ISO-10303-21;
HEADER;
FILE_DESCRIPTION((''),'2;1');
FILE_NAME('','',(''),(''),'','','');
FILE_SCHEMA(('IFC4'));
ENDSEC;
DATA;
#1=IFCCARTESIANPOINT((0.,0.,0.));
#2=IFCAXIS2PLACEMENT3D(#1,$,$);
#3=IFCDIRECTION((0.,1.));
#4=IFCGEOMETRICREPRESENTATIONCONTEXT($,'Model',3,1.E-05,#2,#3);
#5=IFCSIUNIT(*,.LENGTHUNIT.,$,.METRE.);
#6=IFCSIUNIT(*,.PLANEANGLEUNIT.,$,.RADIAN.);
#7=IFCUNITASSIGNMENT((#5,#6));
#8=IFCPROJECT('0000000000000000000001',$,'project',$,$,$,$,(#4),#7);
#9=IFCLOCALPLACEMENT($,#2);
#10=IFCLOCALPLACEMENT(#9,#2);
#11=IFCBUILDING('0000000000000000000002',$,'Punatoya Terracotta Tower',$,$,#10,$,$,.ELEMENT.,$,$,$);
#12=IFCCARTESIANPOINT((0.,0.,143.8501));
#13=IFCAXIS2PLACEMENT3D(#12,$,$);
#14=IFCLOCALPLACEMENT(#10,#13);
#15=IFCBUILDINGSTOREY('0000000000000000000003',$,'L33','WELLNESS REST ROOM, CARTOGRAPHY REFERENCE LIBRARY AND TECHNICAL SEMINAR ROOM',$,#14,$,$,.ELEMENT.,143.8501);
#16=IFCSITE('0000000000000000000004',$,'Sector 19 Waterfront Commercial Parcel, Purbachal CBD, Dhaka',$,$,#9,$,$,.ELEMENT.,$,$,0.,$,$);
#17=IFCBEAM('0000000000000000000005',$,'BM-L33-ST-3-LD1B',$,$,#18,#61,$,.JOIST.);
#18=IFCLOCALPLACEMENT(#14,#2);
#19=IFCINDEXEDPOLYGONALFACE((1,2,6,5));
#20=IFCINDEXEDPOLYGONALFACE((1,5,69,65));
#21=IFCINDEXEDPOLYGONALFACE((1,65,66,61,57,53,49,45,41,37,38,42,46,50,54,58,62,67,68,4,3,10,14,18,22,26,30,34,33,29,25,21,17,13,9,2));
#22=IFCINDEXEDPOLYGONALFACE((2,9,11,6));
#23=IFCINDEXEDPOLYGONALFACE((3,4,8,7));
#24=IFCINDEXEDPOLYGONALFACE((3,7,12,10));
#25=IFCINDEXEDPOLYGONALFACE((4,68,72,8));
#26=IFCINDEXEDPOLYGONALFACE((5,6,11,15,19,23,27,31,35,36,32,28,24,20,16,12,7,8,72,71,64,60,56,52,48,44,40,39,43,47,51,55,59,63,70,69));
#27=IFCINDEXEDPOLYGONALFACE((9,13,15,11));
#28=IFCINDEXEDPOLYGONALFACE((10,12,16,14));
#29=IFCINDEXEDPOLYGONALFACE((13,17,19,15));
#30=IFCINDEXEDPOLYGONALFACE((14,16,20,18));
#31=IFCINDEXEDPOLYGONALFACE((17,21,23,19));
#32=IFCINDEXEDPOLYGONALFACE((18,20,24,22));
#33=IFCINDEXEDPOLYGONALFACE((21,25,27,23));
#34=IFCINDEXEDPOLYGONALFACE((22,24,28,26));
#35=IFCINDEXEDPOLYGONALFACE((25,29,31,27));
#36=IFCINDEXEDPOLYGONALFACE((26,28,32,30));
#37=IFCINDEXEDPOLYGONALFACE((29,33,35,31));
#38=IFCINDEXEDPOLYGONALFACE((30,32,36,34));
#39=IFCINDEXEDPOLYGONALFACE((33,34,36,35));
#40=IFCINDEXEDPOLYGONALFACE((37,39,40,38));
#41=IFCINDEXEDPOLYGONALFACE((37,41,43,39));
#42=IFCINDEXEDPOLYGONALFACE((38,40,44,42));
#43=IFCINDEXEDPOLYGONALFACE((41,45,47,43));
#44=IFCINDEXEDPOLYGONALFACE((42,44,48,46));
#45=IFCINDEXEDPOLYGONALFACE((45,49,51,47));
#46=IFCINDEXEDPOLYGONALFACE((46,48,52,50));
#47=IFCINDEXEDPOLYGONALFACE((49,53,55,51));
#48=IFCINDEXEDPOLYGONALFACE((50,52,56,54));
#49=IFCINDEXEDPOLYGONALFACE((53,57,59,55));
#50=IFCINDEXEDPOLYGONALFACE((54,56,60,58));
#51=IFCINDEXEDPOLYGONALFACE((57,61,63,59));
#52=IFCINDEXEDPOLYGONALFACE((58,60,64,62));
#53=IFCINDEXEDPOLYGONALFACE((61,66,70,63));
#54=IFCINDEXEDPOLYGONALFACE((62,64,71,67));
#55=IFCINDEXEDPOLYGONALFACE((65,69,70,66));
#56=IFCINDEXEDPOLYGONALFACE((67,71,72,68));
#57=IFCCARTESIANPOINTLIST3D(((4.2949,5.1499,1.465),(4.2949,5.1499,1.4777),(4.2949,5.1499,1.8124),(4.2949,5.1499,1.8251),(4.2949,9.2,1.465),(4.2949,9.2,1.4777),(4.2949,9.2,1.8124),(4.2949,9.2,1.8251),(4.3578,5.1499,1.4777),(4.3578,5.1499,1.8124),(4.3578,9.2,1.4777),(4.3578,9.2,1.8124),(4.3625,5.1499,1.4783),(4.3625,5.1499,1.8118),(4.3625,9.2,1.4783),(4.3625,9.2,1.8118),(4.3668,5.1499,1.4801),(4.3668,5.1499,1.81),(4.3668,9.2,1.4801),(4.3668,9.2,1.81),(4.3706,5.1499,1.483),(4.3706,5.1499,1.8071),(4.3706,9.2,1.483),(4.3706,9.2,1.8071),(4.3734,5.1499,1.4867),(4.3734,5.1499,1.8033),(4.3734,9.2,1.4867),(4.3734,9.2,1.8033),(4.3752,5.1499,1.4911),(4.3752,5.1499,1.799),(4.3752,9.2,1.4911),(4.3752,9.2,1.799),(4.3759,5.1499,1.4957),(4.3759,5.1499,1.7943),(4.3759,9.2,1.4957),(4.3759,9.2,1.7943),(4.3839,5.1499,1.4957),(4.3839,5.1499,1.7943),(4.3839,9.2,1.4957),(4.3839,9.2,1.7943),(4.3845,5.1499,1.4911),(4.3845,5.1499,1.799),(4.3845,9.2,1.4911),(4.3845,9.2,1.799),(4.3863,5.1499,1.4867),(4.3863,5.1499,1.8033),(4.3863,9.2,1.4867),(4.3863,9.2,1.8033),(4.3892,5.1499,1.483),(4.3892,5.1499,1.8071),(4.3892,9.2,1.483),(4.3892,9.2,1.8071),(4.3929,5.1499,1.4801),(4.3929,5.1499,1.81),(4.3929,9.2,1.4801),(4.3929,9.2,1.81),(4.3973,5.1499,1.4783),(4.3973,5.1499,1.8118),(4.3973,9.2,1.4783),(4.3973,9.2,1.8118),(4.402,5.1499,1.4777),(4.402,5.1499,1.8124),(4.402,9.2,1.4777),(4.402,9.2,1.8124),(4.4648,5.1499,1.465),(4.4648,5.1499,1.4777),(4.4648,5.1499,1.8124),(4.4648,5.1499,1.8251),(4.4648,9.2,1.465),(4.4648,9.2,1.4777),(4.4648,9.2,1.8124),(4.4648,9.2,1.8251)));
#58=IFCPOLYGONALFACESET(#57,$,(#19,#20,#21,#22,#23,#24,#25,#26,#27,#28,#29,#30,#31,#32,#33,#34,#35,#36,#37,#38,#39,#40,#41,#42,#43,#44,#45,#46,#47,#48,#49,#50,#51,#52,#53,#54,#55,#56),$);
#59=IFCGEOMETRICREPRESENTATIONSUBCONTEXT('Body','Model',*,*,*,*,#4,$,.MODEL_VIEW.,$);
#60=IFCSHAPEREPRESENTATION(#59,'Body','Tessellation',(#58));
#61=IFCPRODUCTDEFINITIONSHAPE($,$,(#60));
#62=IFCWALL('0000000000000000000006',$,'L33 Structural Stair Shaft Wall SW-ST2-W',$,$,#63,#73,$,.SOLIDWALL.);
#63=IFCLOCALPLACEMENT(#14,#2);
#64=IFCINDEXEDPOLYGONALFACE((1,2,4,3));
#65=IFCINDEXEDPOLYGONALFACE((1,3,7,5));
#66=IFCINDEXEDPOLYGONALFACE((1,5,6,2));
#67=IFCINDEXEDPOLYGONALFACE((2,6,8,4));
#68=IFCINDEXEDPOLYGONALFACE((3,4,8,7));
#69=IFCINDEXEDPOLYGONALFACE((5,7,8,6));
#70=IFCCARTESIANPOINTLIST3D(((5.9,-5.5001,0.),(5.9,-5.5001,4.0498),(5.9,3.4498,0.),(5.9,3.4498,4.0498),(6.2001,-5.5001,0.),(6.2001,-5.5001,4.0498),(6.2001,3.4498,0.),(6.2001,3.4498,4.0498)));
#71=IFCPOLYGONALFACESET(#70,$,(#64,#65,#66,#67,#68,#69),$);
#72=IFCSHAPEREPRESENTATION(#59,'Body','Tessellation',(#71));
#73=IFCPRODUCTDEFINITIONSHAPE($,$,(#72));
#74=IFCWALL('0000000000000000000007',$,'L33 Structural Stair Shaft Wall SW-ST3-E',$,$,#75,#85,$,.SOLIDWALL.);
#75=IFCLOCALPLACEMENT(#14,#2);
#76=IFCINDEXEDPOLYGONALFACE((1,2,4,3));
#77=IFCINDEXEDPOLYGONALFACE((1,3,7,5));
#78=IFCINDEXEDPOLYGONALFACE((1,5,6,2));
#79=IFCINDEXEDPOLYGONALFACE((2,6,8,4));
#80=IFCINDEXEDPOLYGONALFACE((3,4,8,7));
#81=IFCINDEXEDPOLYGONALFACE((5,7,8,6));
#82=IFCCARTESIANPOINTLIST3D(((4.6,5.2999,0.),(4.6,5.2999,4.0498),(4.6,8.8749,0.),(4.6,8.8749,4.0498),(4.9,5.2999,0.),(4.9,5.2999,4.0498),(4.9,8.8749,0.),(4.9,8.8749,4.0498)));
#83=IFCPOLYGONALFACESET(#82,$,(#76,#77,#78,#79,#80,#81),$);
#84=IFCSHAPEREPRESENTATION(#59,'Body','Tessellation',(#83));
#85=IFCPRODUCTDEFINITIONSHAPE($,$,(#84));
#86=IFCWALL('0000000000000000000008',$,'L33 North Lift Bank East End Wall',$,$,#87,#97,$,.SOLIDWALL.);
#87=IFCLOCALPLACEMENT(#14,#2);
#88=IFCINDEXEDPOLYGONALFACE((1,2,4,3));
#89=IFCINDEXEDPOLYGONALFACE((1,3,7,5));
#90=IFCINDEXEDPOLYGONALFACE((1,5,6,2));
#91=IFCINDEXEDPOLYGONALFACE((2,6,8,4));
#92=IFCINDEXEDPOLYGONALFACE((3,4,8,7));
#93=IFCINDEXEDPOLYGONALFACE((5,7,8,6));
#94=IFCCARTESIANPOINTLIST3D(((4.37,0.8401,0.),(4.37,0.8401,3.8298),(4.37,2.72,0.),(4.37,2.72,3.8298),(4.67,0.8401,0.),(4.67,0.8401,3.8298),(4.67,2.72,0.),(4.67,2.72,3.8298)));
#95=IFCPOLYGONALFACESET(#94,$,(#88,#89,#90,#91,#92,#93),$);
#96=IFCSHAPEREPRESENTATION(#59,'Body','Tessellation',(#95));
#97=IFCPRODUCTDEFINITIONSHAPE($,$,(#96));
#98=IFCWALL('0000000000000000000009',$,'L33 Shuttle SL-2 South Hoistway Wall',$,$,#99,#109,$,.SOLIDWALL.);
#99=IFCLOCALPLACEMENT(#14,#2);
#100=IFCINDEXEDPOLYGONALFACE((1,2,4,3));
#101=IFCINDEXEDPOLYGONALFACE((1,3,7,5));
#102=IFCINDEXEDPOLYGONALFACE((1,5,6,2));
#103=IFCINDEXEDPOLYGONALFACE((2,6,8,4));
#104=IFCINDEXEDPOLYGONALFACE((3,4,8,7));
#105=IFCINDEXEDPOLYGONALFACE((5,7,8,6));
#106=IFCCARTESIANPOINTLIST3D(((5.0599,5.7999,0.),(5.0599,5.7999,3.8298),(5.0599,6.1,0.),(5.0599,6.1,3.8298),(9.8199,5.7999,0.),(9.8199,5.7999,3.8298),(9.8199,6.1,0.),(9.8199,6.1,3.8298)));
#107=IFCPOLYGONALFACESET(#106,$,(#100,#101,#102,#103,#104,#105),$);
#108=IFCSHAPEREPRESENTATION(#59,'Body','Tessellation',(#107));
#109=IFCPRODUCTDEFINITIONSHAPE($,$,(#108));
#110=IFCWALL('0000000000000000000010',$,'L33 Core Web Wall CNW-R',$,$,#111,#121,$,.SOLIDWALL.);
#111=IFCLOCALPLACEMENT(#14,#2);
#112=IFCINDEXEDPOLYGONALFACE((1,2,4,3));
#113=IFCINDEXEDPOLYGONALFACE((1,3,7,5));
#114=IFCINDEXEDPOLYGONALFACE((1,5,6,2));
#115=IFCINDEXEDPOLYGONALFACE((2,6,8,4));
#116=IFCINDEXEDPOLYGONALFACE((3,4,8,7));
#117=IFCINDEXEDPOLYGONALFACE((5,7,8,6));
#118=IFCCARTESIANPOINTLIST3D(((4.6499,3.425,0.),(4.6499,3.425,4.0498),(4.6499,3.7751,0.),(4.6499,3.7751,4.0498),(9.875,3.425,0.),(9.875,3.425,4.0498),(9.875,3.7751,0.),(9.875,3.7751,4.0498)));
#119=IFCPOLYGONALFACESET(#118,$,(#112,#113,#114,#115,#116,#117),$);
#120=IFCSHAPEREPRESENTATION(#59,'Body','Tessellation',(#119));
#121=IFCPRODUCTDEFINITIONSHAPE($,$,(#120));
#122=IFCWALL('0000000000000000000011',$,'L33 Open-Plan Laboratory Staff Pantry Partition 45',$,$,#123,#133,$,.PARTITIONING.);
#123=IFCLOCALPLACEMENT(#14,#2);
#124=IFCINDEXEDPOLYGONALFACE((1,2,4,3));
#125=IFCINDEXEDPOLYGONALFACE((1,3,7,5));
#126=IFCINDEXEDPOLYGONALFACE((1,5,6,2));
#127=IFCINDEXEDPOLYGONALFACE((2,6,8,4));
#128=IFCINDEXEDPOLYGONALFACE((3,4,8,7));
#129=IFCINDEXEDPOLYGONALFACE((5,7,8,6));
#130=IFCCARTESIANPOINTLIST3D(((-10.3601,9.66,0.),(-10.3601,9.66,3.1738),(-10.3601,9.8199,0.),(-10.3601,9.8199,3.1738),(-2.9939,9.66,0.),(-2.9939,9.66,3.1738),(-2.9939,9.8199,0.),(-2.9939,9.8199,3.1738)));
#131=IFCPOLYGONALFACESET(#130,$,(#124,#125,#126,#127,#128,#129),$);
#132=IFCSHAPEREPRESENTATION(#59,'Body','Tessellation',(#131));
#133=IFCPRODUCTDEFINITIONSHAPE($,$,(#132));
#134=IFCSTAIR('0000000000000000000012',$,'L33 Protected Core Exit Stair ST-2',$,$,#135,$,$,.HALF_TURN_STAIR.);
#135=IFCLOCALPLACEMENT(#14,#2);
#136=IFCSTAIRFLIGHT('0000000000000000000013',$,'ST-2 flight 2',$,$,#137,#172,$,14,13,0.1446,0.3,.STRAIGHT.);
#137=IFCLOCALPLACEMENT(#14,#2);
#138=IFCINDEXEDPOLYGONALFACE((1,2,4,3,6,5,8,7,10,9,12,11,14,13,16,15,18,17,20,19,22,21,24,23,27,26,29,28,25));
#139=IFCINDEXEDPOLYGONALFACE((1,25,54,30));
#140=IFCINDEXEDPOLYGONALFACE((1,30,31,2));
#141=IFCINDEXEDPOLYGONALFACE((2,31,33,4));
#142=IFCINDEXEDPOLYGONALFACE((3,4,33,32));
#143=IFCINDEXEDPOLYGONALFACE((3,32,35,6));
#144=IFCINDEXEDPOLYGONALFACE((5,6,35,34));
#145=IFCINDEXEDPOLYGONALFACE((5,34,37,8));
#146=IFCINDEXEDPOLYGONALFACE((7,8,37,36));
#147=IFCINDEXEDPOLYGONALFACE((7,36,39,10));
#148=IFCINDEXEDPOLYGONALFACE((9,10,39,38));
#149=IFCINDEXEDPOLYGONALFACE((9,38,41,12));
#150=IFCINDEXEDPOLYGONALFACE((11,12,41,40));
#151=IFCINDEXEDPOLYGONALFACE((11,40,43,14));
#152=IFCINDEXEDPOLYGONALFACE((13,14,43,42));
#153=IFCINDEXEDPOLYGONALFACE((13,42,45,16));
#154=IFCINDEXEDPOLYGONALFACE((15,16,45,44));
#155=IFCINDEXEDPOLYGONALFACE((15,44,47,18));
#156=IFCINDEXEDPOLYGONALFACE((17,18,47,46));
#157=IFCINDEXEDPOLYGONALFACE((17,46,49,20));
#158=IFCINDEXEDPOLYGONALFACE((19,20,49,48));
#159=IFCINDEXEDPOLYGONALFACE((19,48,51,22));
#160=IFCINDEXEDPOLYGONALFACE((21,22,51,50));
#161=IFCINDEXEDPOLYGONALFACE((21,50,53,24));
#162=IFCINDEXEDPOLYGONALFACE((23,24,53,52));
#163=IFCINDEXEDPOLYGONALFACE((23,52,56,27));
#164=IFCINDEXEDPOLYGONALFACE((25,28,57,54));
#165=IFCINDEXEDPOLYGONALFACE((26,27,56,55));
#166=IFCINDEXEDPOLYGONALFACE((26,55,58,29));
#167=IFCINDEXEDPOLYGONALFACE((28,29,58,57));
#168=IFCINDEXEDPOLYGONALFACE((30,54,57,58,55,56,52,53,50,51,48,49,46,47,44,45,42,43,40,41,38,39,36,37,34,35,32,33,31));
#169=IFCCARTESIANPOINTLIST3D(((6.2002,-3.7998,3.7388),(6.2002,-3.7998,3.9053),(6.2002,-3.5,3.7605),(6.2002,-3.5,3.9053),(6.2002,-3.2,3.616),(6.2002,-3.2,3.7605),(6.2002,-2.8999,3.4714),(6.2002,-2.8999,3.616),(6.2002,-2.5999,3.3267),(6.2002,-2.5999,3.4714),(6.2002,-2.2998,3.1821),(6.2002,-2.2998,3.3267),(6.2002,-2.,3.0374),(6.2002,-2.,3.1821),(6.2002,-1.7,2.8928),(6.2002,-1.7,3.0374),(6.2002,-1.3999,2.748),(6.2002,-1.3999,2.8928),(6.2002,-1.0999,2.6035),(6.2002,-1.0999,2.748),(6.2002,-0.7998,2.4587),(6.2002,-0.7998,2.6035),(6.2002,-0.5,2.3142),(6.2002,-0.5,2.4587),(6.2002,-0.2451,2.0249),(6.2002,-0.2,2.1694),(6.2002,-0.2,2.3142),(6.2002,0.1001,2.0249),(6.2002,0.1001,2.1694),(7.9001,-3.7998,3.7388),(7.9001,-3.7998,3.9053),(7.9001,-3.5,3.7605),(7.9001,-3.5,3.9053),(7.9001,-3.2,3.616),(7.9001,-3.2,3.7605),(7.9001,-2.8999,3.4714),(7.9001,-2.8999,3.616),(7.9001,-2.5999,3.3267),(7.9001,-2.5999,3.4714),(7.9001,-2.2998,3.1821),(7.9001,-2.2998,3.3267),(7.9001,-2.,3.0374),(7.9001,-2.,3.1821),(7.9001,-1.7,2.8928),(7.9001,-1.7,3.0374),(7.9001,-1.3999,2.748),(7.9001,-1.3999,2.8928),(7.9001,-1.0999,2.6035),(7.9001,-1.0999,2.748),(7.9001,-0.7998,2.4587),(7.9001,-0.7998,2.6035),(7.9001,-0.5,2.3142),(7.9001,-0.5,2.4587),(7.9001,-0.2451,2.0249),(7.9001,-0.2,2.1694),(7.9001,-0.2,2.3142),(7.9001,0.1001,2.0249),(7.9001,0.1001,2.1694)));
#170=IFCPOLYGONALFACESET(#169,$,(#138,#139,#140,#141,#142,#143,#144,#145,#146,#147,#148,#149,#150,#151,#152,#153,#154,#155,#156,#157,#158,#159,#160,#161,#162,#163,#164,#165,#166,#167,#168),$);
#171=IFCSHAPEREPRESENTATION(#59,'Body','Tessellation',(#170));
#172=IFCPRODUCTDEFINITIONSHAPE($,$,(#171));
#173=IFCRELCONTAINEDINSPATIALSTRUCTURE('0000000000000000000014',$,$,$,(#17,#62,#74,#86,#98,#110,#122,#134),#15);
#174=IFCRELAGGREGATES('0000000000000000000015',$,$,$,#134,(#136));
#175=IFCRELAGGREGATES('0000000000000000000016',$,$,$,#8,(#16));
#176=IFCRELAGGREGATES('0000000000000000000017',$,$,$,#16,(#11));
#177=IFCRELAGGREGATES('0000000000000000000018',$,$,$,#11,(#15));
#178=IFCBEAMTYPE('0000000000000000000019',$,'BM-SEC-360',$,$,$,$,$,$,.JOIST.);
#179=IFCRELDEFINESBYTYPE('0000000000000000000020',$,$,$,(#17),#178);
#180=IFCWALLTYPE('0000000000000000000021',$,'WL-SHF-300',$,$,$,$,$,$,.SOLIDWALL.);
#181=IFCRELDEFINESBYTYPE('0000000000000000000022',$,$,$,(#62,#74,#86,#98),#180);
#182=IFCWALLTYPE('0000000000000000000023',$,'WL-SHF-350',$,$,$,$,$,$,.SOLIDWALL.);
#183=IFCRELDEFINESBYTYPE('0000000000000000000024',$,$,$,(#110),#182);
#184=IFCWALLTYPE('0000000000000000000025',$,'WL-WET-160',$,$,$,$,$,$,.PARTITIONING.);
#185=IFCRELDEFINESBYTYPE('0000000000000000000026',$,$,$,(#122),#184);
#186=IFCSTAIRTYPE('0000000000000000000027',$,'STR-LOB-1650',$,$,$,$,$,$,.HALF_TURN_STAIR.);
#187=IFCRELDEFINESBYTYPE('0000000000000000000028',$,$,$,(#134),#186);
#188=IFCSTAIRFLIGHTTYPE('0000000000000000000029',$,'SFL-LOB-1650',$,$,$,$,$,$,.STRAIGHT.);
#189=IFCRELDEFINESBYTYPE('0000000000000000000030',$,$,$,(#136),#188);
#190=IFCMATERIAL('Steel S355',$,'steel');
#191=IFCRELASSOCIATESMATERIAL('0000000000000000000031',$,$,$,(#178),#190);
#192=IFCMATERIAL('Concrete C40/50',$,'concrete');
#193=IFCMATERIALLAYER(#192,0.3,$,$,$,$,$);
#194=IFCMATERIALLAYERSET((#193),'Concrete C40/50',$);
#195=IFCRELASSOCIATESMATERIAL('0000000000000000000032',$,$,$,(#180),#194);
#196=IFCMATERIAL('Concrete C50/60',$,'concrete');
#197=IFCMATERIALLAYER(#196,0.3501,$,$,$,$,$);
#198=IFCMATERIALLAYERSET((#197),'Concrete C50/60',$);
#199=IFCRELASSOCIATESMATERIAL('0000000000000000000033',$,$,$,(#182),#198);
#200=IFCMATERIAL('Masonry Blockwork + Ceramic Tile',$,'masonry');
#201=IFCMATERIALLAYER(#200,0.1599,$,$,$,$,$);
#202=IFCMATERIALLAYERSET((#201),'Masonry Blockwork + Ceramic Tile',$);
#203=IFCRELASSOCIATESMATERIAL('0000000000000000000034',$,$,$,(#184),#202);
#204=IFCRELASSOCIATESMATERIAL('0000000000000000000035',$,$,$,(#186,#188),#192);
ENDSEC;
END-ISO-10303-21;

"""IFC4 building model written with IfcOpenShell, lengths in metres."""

from ifc_helpers import new_model, si_unit, direction, frame, frame_2d, origin, origin_2d, place, context, subcontext, project, spatial, polyline, rectangle, i_section, outline, extrude, material, layer, layer_set, material_profile, profile_set, type_object, element, aggregate, save


model = new_model("IFC4")

# Units and contexts
model_context = context("Model", 3, precision=1e-05, world=origin(), true_north=direction((0.0, 1.0)))
body_context = subcontext(model_context, "Body", "Model", "MODEL_VIEW")
ifc_project = project(units=[si_unit("LENGTHUNIT", "METRE"), si_unit("PLANEANGLEUNIT", "RADIAN")], contexts=[model_context])

# Site, building, storey
site_placement = place(None, origin())
site = spatial("IfcSite", under=ifc_project, at=site_placement, Name="Sector 19 Waterfront Commercial Parcel, Purbachal CBD, Dhaka", CompositionType="ELEMENT", RefElevation=0.0)
building_placement = place(site_placement, origin())
building = spatial("IfcBuilding", under=site, at=building_placement, Name="Punatoya Terracotta Tower", CompositionType="ELEMENT")
storey_placement = place(building_placement, frame((0.0, 0.0, 143.8501)))
storey = spatial("IfcBuildingStorey", under=building, at=storey_placement, Name="L33", Description="WELLNESS REST ROOM, CARTOGRAPHY REFERENCE LIBRARY AND TECHNICAL SEMINAR ROOM", CompositionType="ELEMENT", Elevation=143.8501)

# Beam
ifc_material_1 = material(Name="Steel S355", Category="steel")
ifc_material_profile_1 = material_profile(ifc_material_1, i_section(OverallWidth=0.1699, OverallDepth=0.3601, WebThickness=0.0081, FlangeThickness=0.0127, FilletRadius=0.0181, at=origin_2d()))
ifc_profile_set_1 = profile_set([ifc_material_profile_1], Name="Steel S355")
beam_type_1 = type_object("IfcBeamType", Name="BM-SEC-360", PredefinedType="JOIST", material=ifc_profile_set_1)
for number, where, z_axis, x_axis, name in (
    (1, (4.3799, 5.1499, 1.645), (0.0, 1.0, 0.0), (-1.0, 0.0, 0.0), "BM-L33-ST-3-LD1B"),
):
    element("IfcBeam", number, at=place(storey_placement, frame(where, z_axis=z_axis, x_axis=x_axis)), inside=storey, type_object=beam_type_1, Name=name, PredefinedType="JOIST", context=body_context, shape_type="SweptSolid", body=[
        extrude(i_section(OverallWidth=0.1699, OverallDepth=0.3601, WebThickness=0.0081, FlangeThickness=0.0127, FilletRadius=0.0181, at=origin_2d()), origin(), (0.0, 0.0, 1.0), 4.05),
    ])

# Walls
ifc_material_2 = material(Name="Concrete C40/50", Category="concrete")
ifc_layer_1 = layer(ifc_material_2, 0.3)
ifc_layer_set_1 = layer_set([ifc_layer_1], Name="Concrete C40/50")
wall_type_1 = type_object("IfcWallType", Name="WL-SHF-300", PredefinedType="SOLIDWALL", material=ifc_layer_set_1)
wall_1_placement = place(storey_placement, frame((6.05, 3.45, 0.0), z_axis=(0.0, 0.0, 1.0), x_axis=(0.0, -1.0, 0.0)))
element("IfcWall", 2, at=wall_1_placement, inside=storey, type_object=wall_type_1, Name="L33 Structural Stair Shaft Wall SW-ST2-W", PredefinedType="SOLIDWALL", context=body_context, shape_type="SweptSolid", body=[
    extrude(rectangle(XDim=8.95, YDim=0.3, at=frame_2d((4.4751, 0.0))), origin(), (0.0, 0.0, 1.0), 4.0498),
])
wall_2_placement = place(storey_placement, frame((4.75, 8.875, 0.0), z_axis=(0.0, 0.0, 1.0), x_axis=(0.0, -1.0, 0.0)))
element("IfcWall", 3, at=wall_2_placement, inside=storey, type_object=wall_type_1, Name="L33 Structural Stair Shaft Wall SW-ST3-E", PredefinedType="SOLIDWALL", context=body_context, shape_type="SweptSolid", body=[
    extrude(rectangle(XDim=3.575, YDim=0.3, at=frame_2d((1.7876, 0.0))), origin(), (0.0, 0.0, 1.0), 4.0498),
])
wall_3_placement = place(storey_placement, frame((4.52, 0.8401, 0.0), z_axis=(0.0, 0.0, 1.0), x_axis=(0.0, 1.0, 0.0)))
element("IfcWall", 4, at=wall_3_placement, inside=storey, type_object=wall_type_1, Name="L33 North Lift Bank East End Wall", PredefinedType="SOLIDWALL", context=body_context, shape_type="SweptSolid", body=[
    extrude(rectangle(XDim=1.8799, YDim=0.3, at=frame_2d((0.9399, 0.0))), origin(), (0.0, 0.0, 1.0), 3.8298),
])
wall_4_placement = place(storey_placement, frame((5.0601, 5.95, 0.0), z_axis=(0.0, 0.0, 1.0), x_axis=(1.0, 0.0, 0.0)))
element("IfcWall", 5, at=wall_4_placement, inside=storey, type_object=wall_type_1, Name="L33 Shuttle SL-2 South Hoistway Wall", PredefinedType="SOLIDWALL", context=body_context, shape_type="SweptSolid", body=[
    extrude(rectangle(XDim=4.76, YDim=0.3, at=frame_2d((2.3799, 0.0))), origin(), (0.0, 0.0, 1.0), 3.8298),
])
ifc_material_3 = material(Name="Concrete C50/60", Category="concrete")
ifc_layer_2 = layer(ifc_material_3, 0.3501)
ifc_layer_set_2 = layer_set([ifc_layer_2], Name="Concrete C50/60")
wall_type_2 = type_object("IfcWallType", Name="WL-SHF-350", PredefinedType="SOLIDWALL", material=ifc_layer_set_2)
wall_5_placement = place(storey_placement, frame((4.6499, 3.6001, 0.0), z_axis=(0.0, 0.0, 1.0), x_axis=(1.0, 0.0, 0.0)))
element("IfcWall", 6, at=wall_5_placement, inside=storey, type_object=wall_type_2, Name="L33 Core Web Wall CNW-R", PredefinedType="SOLIDWALL", context=body_context, shape_type="SweptSolid", body=[
    extrude(rectangle(XDim=5.2251, YDim=0.3501, at=frame_2d((2.6125, 0.0))), origin(), (0.0, 0.0, 1.0), 4.0498),
])
ifc_material_4 = material(Name="Masonry Blockwork + Ceramic Tile", Category="masonry")
ifc_layer_3 = layer(ifc_material_4, 0.1599)
ifc_layer_set_3 = layer_set([ifc_layer_3], Name="Masonry Blockwork + Ceramic Tile")
wall_type_3 = type_object("IfcWallType", Name="WL-WET-160", PredefinedType="PARTITIONING", material=ifc_layer_set_3)
wall_6_placement = place(storey_placement, frame((-2.9939, 9.74, 0.0), z_axis=(0.0, 0.0, 1.0), x_axis=(-1.0, 0.0, 0.0)))
element("IfcWall", 7, at=wall_6_placement, inside=storey, type_object=wall_type_3, Name="L33 Open-Plan Laboratory Staff Pantry Partition 45", PredefinedType="PARTITIONING", context=body_context, shape_type="SweptSolid", body=[
    extrude(rectangle(XDim=7.3662, YDim=0.1599, at=frame_2d((3.6831, 0.0))), origin(), (0.0, 0.0, 1.0), 3.1738),
])

# Stair, stair flight
stair_type_1 = type_object("IfcStairType", Name="STR-LOB-1650", PredefinedType="HALF_TURN_STAIR", material=ifc_material_2)
stair_1_placement = place(storey_placement, origin())
stair_1 = element("IfcStair", 8, at=stair_1_placement, inside=storey, type_object=stair_type_1, Name="L33 Protected Core Exit Stair ST-2", PredefinedType="HALF_TURN_STAIR")
stair_flight_type_1 = type_object("IfcStairFlightType", Name="SFL-LOB-1650", PredefinedType="STRAIGHT", material=ifc_material_2)
stair_flight_1_placement = place(storey_placement, frame((7.05, 0.1001, 2.0249), z_axis=(0.0, 0.0, 1.0), x_axis=(0.0, -1.0, 0.0)))
stair_flight_1 = element("IfcStairFlight", 9, at=stair_flight_1_placement, type_object=stair_flight_type_1, Name="ST-2 flight 2", NumberOfRisers=14, NumberOfTreads=13, PredefinedType="STRAIGHT", RiserHeight=0.1446, TreadLength=0.3, context=body_context, shape_type="SweptSolid", body=[
    extrude(outline(polyline([(0.0, 0.0), (0.0, 0.1445), (0.3, 0.1445), (0.3, 0.2893), (0.6001, 0.2893), (0.6001, 0.4338), (0.8999, 0.4338), (0.8999, 0.5786), (1.2, 0.5786), (1.2, 0.7231), (1.5, 0.7231), (1.5, 0.8679), (1.8, 0.8679), (1.8, 1.0125), (2.1001, 1.0125), (2.1001, 1.1572), (2.3999, 1.1572), (2.3999, 1.3018), (2.7, 1.3018), (2.7, 1.4465), (3.0, 1.4465), (3.0, 1.5911), (3.3, 1.5911), (3.3, 1.7356), (3.6001, 1.7356), (3.6001, 1.8804), (3.8999, 1.8804), (3.8999, 2.0249), (3.8999, 1.7139), (0.3452, 0.0), (0.0, 0.0)])), frame((0.0, 0.8501, 0.0), z_axis=(0.0, -1.0, 0.0), x_axis=(1.0, 0.0, 0.0)), (0.0, 0.0, 1.0), 1.7),
])
aggregate(stair_1, [stair_flight_1])

save(model, "model.ifc")
